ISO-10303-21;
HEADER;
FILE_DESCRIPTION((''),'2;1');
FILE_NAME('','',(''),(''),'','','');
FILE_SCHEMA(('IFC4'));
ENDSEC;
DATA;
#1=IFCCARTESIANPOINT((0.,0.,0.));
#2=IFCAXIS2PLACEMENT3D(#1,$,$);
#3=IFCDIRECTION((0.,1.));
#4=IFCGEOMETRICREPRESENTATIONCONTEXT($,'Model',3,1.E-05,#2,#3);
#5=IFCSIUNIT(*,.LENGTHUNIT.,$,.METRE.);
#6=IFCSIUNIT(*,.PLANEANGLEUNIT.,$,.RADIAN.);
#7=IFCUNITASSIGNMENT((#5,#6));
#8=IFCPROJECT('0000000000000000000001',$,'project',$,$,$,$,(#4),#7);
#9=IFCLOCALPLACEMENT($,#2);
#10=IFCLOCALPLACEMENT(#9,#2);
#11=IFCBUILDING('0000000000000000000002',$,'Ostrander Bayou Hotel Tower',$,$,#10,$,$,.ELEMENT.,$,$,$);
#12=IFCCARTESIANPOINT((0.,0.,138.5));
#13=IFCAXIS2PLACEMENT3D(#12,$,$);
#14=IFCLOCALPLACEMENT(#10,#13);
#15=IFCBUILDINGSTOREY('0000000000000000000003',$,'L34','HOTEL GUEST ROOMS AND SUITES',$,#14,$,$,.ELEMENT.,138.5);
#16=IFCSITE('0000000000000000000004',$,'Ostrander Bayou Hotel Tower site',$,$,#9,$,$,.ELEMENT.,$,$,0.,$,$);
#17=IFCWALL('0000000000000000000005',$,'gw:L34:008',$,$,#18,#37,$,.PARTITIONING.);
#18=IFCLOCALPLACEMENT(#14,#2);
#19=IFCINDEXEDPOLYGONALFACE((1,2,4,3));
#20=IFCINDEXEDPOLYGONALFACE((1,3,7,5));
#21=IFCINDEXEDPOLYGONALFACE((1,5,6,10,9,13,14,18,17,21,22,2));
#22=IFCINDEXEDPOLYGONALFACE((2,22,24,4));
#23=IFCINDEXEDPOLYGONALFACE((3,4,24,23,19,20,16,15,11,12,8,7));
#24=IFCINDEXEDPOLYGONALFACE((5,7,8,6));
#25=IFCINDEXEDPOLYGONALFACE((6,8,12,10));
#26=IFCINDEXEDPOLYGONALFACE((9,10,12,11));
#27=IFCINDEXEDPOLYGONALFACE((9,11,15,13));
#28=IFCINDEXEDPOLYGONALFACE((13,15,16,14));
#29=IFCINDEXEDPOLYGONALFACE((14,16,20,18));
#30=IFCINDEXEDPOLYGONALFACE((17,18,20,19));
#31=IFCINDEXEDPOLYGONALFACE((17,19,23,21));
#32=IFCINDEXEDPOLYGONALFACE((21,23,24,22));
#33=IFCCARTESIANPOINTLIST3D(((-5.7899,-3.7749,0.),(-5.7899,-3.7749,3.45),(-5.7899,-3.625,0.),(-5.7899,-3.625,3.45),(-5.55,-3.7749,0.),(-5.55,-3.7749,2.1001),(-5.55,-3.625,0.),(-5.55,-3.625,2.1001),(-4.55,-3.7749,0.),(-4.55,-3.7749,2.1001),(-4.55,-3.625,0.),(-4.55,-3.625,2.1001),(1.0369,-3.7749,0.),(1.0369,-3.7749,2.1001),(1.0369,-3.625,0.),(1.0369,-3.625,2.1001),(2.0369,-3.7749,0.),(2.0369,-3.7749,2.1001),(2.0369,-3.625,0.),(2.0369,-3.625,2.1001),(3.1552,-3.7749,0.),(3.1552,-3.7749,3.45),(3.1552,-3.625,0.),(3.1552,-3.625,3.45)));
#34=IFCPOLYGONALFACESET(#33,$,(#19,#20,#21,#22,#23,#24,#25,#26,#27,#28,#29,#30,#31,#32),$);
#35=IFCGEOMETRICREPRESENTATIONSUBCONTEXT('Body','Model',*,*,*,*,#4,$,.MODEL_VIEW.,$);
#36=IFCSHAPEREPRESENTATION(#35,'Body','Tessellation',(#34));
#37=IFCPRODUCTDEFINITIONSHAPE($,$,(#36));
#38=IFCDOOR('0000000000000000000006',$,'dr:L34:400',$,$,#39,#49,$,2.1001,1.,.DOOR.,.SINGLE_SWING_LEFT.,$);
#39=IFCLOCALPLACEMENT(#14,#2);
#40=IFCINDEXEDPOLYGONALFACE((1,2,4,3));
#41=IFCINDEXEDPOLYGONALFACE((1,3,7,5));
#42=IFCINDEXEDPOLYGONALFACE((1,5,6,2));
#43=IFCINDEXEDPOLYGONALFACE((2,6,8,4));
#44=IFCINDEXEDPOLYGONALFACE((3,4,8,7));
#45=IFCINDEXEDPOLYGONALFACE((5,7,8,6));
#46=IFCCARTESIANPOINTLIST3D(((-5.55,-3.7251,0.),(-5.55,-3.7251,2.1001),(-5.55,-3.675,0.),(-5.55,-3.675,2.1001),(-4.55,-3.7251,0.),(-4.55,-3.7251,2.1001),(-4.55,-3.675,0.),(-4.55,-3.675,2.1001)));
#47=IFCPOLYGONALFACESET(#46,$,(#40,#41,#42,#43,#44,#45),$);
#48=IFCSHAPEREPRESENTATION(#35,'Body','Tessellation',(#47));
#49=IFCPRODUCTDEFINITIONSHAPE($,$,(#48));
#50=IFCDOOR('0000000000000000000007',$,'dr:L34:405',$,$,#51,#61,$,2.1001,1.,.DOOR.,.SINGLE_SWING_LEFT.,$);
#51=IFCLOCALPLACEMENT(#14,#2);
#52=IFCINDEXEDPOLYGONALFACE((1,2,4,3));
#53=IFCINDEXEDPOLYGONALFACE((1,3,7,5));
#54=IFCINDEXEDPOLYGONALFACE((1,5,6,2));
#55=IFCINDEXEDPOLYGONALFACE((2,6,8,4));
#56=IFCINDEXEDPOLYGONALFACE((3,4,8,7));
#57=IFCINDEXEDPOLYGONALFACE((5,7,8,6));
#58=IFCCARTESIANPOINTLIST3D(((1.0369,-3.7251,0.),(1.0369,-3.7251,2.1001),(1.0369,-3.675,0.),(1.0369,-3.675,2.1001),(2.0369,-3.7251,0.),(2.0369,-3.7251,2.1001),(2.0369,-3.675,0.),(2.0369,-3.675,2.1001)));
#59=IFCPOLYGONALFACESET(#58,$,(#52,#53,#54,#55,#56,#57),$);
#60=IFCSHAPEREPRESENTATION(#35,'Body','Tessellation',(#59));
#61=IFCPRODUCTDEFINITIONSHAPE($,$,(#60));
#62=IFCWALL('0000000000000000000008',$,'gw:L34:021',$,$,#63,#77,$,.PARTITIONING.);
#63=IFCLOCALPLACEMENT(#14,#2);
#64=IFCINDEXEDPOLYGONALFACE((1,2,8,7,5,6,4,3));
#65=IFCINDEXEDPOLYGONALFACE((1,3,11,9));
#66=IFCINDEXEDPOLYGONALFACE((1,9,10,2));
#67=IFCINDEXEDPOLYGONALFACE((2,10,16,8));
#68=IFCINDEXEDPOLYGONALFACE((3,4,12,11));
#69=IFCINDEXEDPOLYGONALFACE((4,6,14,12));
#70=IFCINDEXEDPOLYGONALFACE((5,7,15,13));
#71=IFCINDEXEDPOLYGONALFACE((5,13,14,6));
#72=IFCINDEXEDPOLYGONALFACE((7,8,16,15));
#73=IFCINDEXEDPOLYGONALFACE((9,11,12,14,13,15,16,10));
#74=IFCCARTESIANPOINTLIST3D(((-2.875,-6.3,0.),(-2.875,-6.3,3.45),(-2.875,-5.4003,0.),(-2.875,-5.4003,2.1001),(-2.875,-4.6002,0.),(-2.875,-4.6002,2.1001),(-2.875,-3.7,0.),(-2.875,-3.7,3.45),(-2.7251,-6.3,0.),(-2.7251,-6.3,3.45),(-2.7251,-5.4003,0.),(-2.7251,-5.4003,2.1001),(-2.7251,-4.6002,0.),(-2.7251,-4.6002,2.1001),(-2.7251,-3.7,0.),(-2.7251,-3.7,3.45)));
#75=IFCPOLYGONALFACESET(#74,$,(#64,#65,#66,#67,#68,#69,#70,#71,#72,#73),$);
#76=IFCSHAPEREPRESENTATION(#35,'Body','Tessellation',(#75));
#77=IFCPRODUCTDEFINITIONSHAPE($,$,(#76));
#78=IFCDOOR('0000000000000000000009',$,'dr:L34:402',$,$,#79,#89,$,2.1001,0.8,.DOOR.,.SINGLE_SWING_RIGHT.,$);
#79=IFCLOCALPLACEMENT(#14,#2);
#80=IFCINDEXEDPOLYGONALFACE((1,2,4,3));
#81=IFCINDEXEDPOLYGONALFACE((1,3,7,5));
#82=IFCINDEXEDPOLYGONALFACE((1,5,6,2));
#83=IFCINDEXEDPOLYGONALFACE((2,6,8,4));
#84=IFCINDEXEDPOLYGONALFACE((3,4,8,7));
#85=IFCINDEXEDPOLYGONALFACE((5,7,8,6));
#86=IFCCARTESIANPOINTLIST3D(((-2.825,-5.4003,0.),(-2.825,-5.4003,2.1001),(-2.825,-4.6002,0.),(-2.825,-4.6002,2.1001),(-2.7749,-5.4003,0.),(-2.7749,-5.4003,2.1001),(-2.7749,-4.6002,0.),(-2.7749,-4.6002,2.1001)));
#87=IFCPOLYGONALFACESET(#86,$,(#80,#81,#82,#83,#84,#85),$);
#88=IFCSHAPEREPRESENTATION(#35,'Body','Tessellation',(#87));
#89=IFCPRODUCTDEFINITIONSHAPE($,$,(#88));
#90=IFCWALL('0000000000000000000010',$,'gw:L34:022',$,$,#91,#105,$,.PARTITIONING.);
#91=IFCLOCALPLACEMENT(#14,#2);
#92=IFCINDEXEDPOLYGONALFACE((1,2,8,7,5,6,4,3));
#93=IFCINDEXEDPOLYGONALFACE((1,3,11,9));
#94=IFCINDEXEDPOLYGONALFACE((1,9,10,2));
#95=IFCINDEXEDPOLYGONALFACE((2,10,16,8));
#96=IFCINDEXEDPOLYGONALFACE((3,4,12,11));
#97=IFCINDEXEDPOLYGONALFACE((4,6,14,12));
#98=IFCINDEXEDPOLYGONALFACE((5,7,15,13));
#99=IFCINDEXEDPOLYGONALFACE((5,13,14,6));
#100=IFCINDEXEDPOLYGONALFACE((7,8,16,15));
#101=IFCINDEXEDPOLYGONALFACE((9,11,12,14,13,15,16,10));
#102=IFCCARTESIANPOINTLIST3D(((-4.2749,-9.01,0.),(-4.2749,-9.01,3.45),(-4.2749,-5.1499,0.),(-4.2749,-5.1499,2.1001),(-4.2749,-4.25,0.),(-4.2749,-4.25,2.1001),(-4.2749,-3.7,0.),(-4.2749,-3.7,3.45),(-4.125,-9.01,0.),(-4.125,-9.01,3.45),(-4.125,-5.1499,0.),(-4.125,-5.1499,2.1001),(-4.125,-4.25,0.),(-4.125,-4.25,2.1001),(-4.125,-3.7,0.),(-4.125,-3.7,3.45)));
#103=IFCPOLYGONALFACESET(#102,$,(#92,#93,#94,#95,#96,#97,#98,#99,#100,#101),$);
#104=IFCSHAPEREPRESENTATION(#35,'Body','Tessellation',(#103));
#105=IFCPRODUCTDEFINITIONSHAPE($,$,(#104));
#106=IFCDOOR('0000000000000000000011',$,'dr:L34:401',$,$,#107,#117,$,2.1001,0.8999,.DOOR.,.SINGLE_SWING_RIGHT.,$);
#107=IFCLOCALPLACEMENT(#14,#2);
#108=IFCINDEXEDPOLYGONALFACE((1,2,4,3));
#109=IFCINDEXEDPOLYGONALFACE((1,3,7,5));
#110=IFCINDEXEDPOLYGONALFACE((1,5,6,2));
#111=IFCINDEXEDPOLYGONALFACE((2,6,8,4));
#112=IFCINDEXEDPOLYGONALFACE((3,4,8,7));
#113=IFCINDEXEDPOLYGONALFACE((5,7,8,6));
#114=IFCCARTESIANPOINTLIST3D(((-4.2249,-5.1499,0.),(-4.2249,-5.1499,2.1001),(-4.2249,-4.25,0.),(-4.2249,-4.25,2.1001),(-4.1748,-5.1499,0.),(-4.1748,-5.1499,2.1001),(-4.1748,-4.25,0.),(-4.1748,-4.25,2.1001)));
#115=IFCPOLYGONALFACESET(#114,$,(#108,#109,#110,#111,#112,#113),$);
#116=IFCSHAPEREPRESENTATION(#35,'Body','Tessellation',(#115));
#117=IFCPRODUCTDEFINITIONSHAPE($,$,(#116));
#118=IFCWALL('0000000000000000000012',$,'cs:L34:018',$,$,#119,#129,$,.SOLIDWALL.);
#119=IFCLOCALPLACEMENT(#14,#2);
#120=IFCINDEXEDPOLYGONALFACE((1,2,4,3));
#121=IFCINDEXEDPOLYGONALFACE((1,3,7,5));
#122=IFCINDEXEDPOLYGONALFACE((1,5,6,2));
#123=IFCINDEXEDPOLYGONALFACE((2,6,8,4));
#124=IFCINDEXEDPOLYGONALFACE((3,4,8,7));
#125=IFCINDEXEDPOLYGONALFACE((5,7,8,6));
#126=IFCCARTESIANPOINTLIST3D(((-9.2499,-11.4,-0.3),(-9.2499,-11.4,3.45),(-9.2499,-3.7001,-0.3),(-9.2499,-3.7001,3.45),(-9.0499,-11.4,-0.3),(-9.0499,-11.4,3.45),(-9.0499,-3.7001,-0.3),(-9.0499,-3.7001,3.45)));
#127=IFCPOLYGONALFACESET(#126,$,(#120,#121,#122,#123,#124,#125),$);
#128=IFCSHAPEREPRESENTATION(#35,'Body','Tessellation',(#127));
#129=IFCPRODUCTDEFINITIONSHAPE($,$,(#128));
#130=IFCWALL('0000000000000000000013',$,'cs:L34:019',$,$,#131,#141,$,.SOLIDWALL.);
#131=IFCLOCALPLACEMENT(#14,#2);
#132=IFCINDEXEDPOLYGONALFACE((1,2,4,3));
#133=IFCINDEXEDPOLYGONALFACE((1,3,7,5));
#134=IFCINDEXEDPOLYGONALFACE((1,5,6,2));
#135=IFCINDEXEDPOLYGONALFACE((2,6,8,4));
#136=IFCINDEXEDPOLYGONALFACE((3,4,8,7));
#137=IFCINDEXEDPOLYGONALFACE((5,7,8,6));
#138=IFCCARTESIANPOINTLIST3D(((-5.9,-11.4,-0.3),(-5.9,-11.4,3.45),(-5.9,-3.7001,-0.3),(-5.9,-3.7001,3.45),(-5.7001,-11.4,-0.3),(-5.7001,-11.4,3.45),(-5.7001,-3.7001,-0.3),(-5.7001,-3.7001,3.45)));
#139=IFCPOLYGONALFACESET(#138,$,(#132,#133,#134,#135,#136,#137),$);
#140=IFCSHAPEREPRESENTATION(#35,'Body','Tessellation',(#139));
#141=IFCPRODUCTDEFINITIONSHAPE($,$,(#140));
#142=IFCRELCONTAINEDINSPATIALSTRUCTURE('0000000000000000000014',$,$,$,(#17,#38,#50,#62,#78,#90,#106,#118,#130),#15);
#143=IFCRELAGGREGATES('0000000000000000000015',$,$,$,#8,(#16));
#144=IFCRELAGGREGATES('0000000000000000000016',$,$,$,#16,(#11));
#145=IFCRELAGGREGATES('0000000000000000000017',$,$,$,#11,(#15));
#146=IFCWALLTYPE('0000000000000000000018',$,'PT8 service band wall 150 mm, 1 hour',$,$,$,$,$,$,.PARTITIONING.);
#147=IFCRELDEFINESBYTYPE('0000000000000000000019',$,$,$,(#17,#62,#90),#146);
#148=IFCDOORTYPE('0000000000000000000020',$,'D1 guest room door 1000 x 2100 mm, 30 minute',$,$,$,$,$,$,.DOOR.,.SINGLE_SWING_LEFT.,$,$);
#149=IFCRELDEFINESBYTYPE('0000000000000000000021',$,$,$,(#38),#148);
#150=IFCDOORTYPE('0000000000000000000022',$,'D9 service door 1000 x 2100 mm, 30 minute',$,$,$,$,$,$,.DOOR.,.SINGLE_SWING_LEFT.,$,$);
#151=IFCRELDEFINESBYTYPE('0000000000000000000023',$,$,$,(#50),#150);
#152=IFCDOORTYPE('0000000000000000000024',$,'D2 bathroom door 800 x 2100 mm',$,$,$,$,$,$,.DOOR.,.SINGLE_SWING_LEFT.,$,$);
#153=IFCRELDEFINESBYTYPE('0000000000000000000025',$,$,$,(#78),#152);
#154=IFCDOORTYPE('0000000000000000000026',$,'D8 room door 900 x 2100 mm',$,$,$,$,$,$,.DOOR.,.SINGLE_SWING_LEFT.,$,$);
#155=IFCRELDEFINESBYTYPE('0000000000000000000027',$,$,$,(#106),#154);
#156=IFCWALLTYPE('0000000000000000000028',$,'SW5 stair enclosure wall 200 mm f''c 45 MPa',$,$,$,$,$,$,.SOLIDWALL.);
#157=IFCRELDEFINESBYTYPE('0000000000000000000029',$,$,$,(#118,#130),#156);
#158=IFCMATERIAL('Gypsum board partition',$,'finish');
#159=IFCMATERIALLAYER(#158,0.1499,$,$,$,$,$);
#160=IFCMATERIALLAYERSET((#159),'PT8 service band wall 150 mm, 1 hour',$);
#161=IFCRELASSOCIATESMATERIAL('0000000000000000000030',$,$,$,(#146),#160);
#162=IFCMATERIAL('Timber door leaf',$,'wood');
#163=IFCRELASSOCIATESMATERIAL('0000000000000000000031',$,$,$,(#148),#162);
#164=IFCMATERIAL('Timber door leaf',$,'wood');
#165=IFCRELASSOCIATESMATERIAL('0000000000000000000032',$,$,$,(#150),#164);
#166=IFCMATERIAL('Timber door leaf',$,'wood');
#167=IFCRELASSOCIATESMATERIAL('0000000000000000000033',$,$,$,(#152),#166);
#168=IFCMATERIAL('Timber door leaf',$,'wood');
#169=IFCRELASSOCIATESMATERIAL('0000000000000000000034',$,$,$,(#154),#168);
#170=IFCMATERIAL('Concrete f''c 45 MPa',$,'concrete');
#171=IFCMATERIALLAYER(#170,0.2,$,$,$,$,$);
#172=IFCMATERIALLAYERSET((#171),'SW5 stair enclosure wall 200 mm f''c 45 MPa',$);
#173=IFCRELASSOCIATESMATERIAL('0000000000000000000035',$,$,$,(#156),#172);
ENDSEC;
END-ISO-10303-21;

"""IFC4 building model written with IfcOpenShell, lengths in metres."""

from ifc_helpers import new_model, si_unit, direction, frame, frame_2d, origin, place, context, subcontext, project, spatial, rectangle, extrude, material, layer, layer_set, type_object, element, fill, save


model = new_model("IFC4")

# Units and contexts
model_context = context("Model", 3, precision=1e-05, world=origin(), true_north=direction((0.0, 1.0)))
body_context = subcontext(model_context, "Body", "Model", "MODEL_VIEW")
ifc_project = project(units=[si_unit("LENGTHUNIT", "METRE"), si_unit("PLANEANGLEUNIT", "RADIAN")], contexts=[model_context])

# Site, building, storey
site_placement = place(None, origin())
site = spatial("IfcSite", under=ifc_project, at=site_placement, Name="Ostrander Bayou Hotel Tower site", CompositionType="ELEMENT", RefElevation=0.0)
building_placement = place(site_placement, origin())
building = spatial("IfcBuilding", under=site, at=building_placement, Name="Ostrander Bayou Hotel Tower", CompositionType="ELEMENT")
storey_placement = place(building_placement, frame((0.0, 0.0, 138.5)))
storey = spatial("IfcBuildingStorey", under=building, at=storey_placement, Name="L34", Description="HOTEL GUEST ROOMS AND SUITES", CompositionType="ELEMENT", Elevation=138.5)

# Shared definitions
ifc_material_1 = material(Name="Gypsum board partition", Category="finish")
ifc_layer_1 = layer(ifc_material_1, 0.1499)
ifc_layer_set_1 = layer_set([ifc_layer_1], Name="PT8 service band wall 150 mm, 1 hour")
wall_type_1 = type_object("IfcWallType", Name="PT8 service band wall 150 mm, 1 hour", PredefinedType="PARTITIONING", material=ifc_layer_set_1)

# Wall, openings, doors
wall_1_placement = place(storey_placement, frame((-5.79, -3.7, 0.0), z_axis=(0.0, 0.0, 1.0), x_axis=(1.0, 0.0, 0.0)))
wall_1 = element("IfcWall", 1, at=wall_1_placement, inside=storey, type_object=wall_type_1, Name="gw:L34:008", PredefinedType="PARTITIONING", context=body_context, shape_type="SweptSolid", body=[
    extrude(rectangle(XDim=8.9451, YDim=0.1499, at=frame_2d((4.4727, 0.0))), origin(), (0.0, 0.0, 1.0), 3.45),
])
opening_1_placement = place(wall_1_placement, frame((0.24, 0.0, 0.0)))
opening_1 = element("IfcOpeningElement", 2, at=opening_1_placement, cuts=wall_1, PredefinedType="OPENING", context=body_context, shape_type="SweptSolid", body=[
    extrude(rectangle(XDim=1.0, YDim=2.1001, at=frame_2d((0.5, 1.05))), frame((0.0, 0.075, 0.0), z_axis=(0.0, -1.0, 0.0), x_axis=(1.0, 0.0, 0.0)), (0.0, 0.0, 1.0), 0.1499),
])
opening_2_placement = place(wall_1_placement, frame((6.8269, 0.0, 0.0)))
opening_2 = element("IfcOpeningElement", 3, at=opening_2_placement, cuts=wall_1, PredefinedType="OPENING", context=body_context, shape_type="SweptSolid", body=[
    extrude(rectangle(XDim=1.0, YDim=2.1001, at=frame_2d((0.5, 1.05))), frame((0.0, 0.075, 0.0), z_axis=(0.0, -1.0, 0.0), x_axis=(1.0, 0.0, 0.0)), (0.0, 0.0, 1.0), 0.1499),
])
ifc_material_2 = material(Name="Timber door leaf", Category="wood")
door_type_1 = type_object("IfcDoorType", Name="D1 guest room door 1000 x 2100 mm, 30 minute", OperationType="SINGLE_SWING_LEFT", PredefinedType="DOOR", material=ifc_material_2)
door_1_placement = place(opening_1_placement, origin())
door_1 = element("IfcDoor", 4, at=door_1_placement, inside=storey, type_object=door_type_1, Name="dr:L34:400", OperationType="SINGLE_SWING_LEFT", OverallHeight=2.1001, OverallWidth=1.0, PredefinedType="DOOR", context=body_context, shape_type="SweptSolid", body=[
    extrude(rectangle(XDim=1.0, YDim=2.1001, at=frame_2d((0.5, 1.05))), frame((0.0, 0.0249, 0.0), z_axis=(0.0, -1.0, 0.0), x_axis=(1.0, 0.0, 0.0)), (0.0, 0.0, 1.0), 0.05),
])
fill(opening_1, door_1)
ifc_material_3 = material(Name="Timber door leaf", Category="wood")
door_type_2 = type_object("IfcDoorType", Name="D9 service door 1000 x 2100 mm, 30 minute", OperationType="SINGLE_SWING_LEFT", PredefinedType="DOOR", material=ifc_material_3)
door_2_placement = place(opening_2_placement, origin())
door_2 = element("IfcDoor", 5, at=door_2_placement, inside=storey, type_object=door_type_2, Name="dr:L34:405", OperationType="SINGLE_SWING_LEFT", OverallHeight=2.1001, OverallWidth=1.0, PredefinedType="DOOR", context=body_context, shape_type="SweptSolid", body=[
    extrude(rectangle(XDim=1.0, YDim=2.1001, at=frame_2d((0.5, 1.05))), frame((0.0, 0.0249, 0.0), z_axis=(0.0, -1.0, 0.0), x_axis=(1.0, 0.0, 0.0)), (0.0, 0.0, 1.0), 0.05),
])
fill(opening_2, door_2)

# Walls, openings, doors
wall_2_placement = place(storey_placement, frame((-2.8, -6.3, 0.0), z_axis=(0.0, 0.0, 1.0), x_axis=(0.0, 1.0, 0.0)))
wall_2 = element("IfcWall", 6, at=wall_2_placement, inside=storey, type_object=wall_type_1, Name="gw:L34:021", PredefinedType="PARTITIONING", context=body_context, shape_type="SweptSolid", body=[
    extrude(rectangle(XDim=2.6001, YDim=0.1499, at=frame_2d((1.3, 0.0))), origin(), (0.0, 0.0, 1.0), 3.45),
])
opening_3_placement = place(wall_2_placement, frame((0.8999, 0.0, 0.0)))
opening_3 = element("IfcOpeningElement", 7, at=opening_3_placement, cuts=wall_2, PredefinedType="OPENING", context=body_context, shape_type="SweptSolid", body=[
    extrude(rectangle(XDim=0.8, YDim=2.1001, at=frame_2d((0.3999, 1.05))), frame((0.0, 0.075, 0.0), z_axis=(0.0, -1.0, 0.0), x_axis=(1.0, 0.0, 0.0)), (0.0, 0.0, 1.0), 0.1499),
])
ifc_material_4 = material(Name="Timber door leaf", Category="wood")
door_type_3 = type_object("IfcDoorType", Name="D2 bathroom door 800 x 2100 mm", OperationType="SINGLE_SWING_LEFT", PredefinedType="DOOR", material=ifc_material_4)
door_3_placement = place(opening_3_placement, origin())
door_3 = element("IfcDoor", 8, at=door_3_placement, inside=storey, type_object=door_type_3, Name="dr:L34:402", OperationType="SINGLE_SWING_RIGHT", OverallHeight=2.1001, OverallWidth=0.8, PredefinedType="DOOR", context=body_context, shape_type="SweptSolid", body=[
    extrude(rectangle(XDim=0.8, YDim=2.1001, at=frame_2d((0.3999, 1.05))), frame((0.0, 0.0249, 0.0), z_axis=(0.0, -1.0, 0.0), x_axis=(1.0, 0.0, 0.0)), (0.0, 0.0, 1.0), 0.05),
])
fill(opening_3, door_3)
wall_3_placement = place(storey_placement, frame((-4.2, -9.01, 0.0), z_axis=(0.0, 0.0, 1.0), x_axis=(0.0, 1.0, 0.0)))
wall_3 = element("IfcWall", 9, at=wall_3_placement, inside=storey, type_object=wall_type_1, Name="gw:L34:022", PredefinedType="PARTITIONING", context=body_context, shape_type="SweptSolid", body=[
    extrude(rectangle(XDim=5.3101, YDim=0.1499, at=frame_2d((2.655, 0.0))), origin(), (0.0, 0.0, 1.0), 3.45),
])
opening_4_placement = place(wall_3_placement, frame((3.8601, 0.0, 0.0)))
opening_4 = element("IfcOpeningElement", 10, at=opening_4_placement, cuts=wall_3, PredefinedType="OPENING", context=body_context, shape_type="SweptSolid", body=[
    extrude(rectangle(XDim=0.8999, YDim=2.1001, at=frame_2d((0.45, 1.05))), frame((0.0, 0.075, 0.0), z_axis=(0.0, -1.0, 0.0), x_axis=(1.0, 0.0, 0.0)), (0.0, 0.0, 1.0), 0.1499),
])
ifc_material_5 = material(Name="Timber door leaf", Category="wood")
door_type_4 = type_object("IfcDoorType", Name="D8 room door 900 x 2100 mm", OperationType="SINGLE_SWING_LEFT", PredefinedType="DOOR", material=ifc_material_5)
door_4_placement = place(opening_4_placement, origin())
door_4 = element("IfcDoor", 11, at=door_4_placement, inside=storey, type_object=door_type_4, Name="dr:L34:401", OperationType="SINGLE_SWING_RIGHT", OverallHeight=2.1001, OverallWidth=0.8999, PredefinedType="DOOR", context=body_context, shape_type="SweptSolid", body=[
    extrude(rectangle(XDim=0.8999, YDim=2.1001, at=frame_2d((0.45, 1.05))), frame((0.0, 0.0249, 0.0), z_axis=(0.0, -1.0, 0.0), x_axis=(1.0, 0.0, 0.0)), (0.0, 0.0, 1.0), 0.05),
])
fill(opening_4, door_4)
ifc_material_6 = material(Name="Concrete f'c 45 MPa", Category="concrete")
ifc_layer_2 = layer(ifc_material_6, 0.2)
ifc_layer_set_2 = layer_set([ifc_layer_2], Name="SW5 stair enclosure wall 200 mm f'c 45 MPa")
wall_type_2 = type_object("IfcWallType", Name="SW5 stair enclosure wall 200 mm f'c 45 MPa", PredefinedType="SOLIDWALL", material=ifc_layer_set_2)

# Walls
for number, where, z_axis, x_axis, name in (
    (12, (-9.1499, -3.7, -0.3), (0.0, 0.0, 1.0), (0.0, -1.0, 0.0), "cs:L34:018"),
    (13, (-5.8, -3.7, -0.3), (0.0, 0.0, 1.0), (0.0, -1.0, 0.0), "cs:L34:019"),
):
    element("IfcWall", number, at=place(storey_placement, frame(where, z_axis=z_axis, x_axis=x_axis)), inside=storey, type_object=wall_type_2, Name=name, PredefinedType="SOLIDWALL", context=body_context, shape_type="SweptSolid", body=[
        extrude(rectangle(XDim=7.7, YDim=0.2, at=frame_2d((3.8501, 0.0))), origin(), (0.0, 0.0, 1.0), 3.75),
    ])

save(model, "model.ifc")
